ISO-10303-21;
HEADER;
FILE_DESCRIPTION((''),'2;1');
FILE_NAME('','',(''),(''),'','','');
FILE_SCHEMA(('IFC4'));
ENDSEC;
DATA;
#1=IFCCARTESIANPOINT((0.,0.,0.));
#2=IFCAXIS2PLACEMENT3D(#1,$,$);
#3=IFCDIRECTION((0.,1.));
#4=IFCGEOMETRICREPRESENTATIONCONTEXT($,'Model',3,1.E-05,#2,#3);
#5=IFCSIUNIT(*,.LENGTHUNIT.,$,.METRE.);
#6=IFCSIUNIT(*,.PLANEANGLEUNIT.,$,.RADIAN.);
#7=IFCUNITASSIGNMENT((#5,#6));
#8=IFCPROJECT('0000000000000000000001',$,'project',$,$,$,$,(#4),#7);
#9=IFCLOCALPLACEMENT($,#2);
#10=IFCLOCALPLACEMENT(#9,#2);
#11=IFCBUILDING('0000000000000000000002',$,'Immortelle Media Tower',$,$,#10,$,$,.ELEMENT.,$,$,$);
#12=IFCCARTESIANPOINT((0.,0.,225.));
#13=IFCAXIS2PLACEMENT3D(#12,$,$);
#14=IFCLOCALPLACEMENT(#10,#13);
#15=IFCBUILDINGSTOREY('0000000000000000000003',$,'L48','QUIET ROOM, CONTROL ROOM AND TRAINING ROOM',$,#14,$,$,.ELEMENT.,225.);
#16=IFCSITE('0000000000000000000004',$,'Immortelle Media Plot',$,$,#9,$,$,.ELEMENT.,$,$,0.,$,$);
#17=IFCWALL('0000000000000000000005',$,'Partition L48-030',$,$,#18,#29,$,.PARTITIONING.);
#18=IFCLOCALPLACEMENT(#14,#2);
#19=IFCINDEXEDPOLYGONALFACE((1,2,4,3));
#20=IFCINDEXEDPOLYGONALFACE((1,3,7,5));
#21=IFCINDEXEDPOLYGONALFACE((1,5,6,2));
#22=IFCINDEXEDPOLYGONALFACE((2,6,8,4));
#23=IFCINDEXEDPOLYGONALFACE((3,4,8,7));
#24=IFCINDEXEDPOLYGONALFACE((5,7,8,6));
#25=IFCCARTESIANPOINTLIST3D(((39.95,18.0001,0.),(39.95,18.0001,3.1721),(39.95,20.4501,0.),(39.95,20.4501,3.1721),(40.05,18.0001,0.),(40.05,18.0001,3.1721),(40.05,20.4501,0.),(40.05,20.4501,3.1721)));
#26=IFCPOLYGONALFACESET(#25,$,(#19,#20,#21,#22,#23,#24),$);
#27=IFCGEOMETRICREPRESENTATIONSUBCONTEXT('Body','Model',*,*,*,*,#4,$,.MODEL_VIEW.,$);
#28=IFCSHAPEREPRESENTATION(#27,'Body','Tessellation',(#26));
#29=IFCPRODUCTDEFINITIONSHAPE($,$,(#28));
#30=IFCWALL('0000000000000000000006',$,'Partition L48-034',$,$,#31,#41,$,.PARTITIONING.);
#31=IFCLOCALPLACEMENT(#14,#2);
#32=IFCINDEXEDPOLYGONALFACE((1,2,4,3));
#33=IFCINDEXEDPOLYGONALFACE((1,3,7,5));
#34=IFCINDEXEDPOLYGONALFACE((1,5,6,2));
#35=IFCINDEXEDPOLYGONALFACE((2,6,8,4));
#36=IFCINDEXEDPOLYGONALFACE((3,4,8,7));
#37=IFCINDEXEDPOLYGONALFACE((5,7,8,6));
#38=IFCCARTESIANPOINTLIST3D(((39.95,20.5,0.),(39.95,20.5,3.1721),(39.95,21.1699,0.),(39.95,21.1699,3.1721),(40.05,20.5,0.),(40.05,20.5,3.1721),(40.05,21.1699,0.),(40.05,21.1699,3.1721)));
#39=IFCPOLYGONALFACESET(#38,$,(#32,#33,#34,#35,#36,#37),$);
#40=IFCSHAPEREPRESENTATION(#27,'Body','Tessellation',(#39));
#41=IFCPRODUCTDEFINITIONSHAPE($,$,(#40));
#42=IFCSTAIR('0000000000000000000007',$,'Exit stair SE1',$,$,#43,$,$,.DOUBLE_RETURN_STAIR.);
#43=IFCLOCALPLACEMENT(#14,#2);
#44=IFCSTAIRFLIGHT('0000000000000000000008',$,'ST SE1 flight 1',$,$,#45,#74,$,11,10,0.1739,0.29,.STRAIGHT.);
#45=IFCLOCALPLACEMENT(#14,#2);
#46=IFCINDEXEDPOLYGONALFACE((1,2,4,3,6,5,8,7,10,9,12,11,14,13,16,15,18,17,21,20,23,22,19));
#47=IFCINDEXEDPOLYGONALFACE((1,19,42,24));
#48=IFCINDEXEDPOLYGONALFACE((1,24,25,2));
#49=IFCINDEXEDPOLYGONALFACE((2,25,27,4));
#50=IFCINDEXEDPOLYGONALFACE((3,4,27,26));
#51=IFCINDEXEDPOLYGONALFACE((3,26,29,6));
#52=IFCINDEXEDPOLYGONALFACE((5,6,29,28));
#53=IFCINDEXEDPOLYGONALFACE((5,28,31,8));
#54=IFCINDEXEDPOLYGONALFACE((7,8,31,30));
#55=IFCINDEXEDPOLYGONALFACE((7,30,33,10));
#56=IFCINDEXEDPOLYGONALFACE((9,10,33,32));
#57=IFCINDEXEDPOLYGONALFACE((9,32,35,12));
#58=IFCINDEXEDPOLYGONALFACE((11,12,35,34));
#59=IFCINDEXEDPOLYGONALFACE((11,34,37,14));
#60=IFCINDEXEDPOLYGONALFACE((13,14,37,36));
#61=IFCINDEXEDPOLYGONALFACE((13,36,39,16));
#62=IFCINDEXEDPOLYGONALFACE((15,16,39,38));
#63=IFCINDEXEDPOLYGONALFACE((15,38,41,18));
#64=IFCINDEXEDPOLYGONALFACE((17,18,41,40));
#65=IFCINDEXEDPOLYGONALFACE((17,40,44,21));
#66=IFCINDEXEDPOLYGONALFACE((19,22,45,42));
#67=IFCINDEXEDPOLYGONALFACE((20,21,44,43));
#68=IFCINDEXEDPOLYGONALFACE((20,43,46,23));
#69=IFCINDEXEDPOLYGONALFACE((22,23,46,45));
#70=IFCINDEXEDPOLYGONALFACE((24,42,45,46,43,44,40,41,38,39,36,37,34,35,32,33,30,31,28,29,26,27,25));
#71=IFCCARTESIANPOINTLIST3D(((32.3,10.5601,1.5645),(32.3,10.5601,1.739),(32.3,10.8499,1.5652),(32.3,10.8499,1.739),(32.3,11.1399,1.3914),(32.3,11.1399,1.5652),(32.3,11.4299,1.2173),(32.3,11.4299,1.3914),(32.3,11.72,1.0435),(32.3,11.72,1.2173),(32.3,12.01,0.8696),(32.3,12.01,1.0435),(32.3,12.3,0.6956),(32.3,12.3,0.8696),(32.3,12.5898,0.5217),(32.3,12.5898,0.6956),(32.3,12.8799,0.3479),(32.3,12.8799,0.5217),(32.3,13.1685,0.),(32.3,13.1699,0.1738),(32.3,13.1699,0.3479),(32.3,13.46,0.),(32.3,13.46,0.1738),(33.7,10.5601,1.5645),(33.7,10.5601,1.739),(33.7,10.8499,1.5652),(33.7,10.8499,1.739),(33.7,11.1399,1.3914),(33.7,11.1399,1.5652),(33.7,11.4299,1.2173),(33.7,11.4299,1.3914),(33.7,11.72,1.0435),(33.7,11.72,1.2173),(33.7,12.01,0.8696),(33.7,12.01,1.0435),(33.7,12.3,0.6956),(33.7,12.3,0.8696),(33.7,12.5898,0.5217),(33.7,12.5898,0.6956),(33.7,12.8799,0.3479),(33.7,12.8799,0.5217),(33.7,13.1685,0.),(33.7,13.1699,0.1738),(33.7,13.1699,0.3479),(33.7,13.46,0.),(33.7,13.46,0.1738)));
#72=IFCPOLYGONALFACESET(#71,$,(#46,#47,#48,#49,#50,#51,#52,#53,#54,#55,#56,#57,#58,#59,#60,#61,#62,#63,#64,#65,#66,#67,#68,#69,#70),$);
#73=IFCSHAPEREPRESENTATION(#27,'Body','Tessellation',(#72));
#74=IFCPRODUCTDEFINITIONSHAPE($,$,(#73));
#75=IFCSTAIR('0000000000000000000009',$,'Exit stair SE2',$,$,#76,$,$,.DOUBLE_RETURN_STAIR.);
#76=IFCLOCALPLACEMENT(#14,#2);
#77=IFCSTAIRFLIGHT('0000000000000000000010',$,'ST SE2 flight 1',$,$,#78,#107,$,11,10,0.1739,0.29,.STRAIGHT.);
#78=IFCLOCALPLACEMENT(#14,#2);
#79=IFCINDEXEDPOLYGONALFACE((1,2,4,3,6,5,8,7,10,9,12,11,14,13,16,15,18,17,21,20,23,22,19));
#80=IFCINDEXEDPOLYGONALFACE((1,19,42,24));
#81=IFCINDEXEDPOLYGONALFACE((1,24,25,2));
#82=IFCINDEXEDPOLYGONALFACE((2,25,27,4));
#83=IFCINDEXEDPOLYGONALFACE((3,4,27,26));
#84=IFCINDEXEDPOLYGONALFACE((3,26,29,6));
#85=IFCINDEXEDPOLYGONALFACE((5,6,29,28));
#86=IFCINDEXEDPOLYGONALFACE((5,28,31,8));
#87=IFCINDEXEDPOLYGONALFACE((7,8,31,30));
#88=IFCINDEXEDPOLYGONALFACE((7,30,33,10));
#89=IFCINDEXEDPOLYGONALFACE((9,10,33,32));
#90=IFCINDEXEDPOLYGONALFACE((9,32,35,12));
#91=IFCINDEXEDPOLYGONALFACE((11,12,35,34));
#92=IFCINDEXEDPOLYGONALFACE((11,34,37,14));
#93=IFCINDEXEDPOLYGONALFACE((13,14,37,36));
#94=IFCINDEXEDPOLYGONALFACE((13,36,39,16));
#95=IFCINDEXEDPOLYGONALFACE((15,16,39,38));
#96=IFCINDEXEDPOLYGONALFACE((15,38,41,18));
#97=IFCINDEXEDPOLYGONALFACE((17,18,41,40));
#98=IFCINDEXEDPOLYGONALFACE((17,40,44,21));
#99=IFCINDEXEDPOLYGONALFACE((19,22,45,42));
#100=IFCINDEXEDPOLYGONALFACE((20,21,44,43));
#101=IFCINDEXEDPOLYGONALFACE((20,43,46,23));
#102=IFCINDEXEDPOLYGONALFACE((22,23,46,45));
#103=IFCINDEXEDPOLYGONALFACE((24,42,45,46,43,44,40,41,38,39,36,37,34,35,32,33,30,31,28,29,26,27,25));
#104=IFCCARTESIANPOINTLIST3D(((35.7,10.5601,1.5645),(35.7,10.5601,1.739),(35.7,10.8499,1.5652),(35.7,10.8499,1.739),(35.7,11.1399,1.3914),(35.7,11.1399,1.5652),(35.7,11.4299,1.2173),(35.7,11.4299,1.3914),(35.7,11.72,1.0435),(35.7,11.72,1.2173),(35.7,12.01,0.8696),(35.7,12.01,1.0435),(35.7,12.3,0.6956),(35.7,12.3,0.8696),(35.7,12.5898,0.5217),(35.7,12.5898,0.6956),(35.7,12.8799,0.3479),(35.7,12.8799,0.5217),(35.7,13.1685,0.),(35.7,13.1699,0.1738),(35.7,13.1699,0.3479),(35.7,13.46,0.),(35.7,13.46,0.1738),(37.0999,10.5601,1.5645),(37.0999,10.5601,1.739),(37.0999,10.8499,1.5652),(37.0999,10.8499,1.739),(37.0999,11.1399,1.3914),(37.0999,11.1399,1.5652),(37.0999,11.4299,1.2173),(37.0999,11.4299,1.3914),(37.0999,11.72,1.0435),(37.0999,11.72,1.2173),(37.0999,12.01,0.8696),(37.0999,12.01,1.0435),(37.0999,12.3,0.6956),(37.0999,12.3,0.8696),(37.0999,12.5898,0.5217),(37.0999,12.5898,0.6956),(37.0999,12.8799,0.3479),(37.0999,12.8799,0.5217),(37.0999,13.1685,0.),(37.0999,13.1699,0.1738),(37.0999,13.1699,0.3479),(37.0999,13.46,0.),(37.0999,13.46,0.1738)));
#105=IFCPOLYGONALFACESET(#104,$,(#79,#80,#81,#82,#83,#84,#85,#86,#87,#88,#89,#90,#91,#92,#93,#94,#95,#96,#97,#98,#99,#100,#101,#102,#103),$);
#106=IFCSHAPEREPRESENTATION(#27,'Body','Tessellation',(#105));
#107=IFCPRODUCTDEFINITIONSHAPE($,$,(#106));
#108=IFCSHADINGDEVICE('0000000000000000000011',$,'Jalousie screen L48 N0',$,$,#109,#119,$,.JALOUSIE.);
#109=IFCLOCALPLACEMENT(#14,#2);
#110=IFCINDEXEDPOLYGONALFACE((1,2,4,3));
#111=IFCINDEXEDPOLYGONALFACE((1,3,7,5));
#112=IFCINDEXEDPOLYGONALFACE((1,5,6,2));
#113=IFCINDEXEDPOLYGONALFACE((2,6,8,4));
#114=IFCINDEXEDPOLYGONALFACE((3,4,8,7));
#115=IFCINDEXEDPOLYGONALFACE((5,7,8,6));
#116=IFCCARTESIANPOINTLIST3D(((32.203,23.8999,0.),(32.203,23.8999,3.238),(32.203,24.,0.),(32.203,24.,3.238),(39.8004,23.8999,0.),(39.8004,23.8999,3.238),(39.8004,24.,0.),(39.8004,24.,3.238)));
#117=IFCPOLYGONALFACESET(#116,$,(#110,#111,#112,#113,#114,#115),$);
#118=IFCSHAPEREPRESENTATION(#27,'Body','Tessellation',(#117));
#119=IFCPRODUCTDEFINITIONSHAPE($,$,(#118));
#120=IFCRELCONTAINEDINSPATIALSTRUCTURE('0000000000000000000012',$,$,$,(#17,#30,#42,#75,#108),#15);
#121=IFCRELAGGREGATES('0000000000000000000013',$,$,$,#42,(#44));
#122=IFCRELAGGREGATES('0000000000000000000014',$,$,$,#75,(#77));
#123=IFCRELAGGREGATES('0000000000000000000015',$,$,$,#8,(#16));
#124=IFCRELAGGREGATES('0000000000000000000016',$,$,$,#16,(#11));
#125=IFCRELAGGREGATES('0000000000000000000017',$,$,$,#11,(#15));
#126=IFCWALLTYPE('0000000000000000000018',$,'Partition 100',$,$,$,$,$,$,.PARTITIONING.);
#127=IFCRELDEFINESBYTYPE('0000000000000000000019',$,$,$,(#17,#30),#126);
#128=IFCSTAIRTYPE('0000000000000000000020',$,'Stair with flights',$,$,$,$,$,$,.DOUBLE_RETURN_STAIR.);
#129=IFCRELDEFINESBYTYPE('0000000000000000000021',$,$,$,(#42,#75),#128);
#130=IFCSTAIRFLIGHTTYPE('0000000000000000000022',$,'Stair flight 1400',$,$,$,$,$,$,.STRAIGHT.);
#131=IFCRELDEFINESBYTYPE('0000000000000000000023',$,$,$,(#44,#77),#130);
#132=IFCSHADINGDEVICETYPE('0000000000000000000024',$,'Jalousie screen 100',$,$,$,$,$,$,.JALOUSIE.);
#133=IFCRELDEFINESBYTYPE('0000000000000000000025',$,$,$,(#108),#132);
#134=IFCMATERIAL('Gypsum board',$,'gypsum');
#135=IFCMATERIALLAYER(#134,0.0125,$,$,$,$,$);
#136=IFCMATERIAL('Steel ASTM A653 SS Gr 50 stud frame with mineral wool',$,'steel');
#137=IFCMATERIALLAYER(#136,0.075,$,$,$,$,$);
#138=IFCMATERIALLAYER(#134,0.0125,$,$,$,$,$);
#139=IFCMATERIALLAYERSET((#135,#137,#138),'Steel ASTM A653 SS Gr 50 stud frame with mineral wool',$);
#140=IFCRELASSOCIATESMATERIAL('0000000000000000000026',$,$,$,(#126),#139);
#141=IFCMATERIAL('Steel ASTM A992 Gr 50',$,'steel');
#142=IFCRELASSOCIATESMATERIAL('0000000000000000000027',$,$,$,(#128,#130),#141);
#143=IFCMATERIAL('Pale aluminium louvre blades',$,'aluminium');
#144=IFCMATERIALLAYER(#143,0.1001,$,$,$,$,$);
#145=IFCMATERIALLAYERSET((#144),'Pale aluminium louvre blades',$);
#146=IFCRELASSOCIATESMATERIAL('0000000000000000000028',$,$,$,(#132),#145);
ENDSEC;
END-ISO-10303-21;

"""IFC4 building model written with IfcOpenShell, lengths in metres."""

from ifc_helpers import new_model, si_unit, direction, frame, frame_2d, origin, origin_2d, place, context, subcontext, project, spatial, polyline, rectangle, outline, extrude, material, layer, layer_set, type_object, element, aggregate, save


model = new_model("IFC4")

# Units and contexts
model_context = context("Model", 3, precision=1e-05, world=origin(), true_north=direction((0.0, 1.0)))
body_context = subcontext(model_context, "Body", "Model", "MODEL_VIEW")
ifc_project = project(units=[si_unit("LENGTHUNIT", "METRE"), si_unit("PLANEANGLEUNIT", "RADIAN")], contexts=[model_context])

# Site, building, storey
site_placement = place(None, origin())
site = spatial("IfcSite", under=ifc_project, at=site_placement, Name="Immortelle Media Plot", CompositionType="ELEMENT", RefElevation=0.0)
building_placement = place(site_placement, origin())
building = spatial("IfcBuilding", under=site, at=building_placement, Name="Immortelle Media Tower", CompositionType="ELEMENT")
storey_placement = place(building_placement, frame((0.0, 0.0, 225.0)))
storey = spatial("IfcBuildingStorey", under=building, at=storey_placement, Name="L48", Description="QUIET ROOM, CONTROL ROOM AND TRAINING ROOM", CompositionType="ELEMENT", Elevation=225.0)

# Shared definitions
ifc_material_1 = material(Name="Steel ASTM A992 Gr 50", Category="steel")

# Shared definitions
ifc_material_2 = material(Name="Steel ASTM A653 SS Gr 50 stud frame with mineral wool", Category="steel")

# Walls
ifc_material_3 = material(Name="Gypsum board", Category="gypsum")
ifc_layer_1 = layer(ifc_material_3, 0.0125)
ifc_layer_2 = layer(ifc_material_2, 0.075)
ifc_layer_3 = layer(ifc_material_3, 0.0125)
ifc_layer_set_1 = layer_set([ifc_layer_1, ifc_layer_2, ifc_layer_3], Name="Steel ASTM A653 SS Gr 50 stud frame with mineral wool")
wall_type_1 = type_object("IfcWallType", Name="Partition 100", PredefinedType="PARTITIONING", material=ifc_layer_set_1)
wall_1_placement = place(storey_placement, frame((40.0, 18.0, 0.0), z_axis=(0.0, 0.0, 1.0), x_axis=(0.0, 1.0, 0.0)))
element("IfcWall", 1, at=wall_1_placement, inside=storey, type_object=wall_type_1, Name="Partition L48-030", PredefinedType="PARTITIONING", context=body_context, shape_type="SweptSolid", body=[
    extrude(rectangle(XDim=2.45, YDim=0.1001, at=frame_2d((1.2251, 0.0))), origin(), (0.0, 0.0, 1.0), 3.1721),
])
wall_2_placement = place(storey_placement, frame((40.0, 20.5, 0.0), z_axis=(0.0, 0.0, 1.0), x_axis=(0.0, 1.0, 0.0)))
element("IfcWall", 2, at=wall_2_placement, inside=storey, type_object=wall_type_1, Name="Partition L48-034", PredefinedType="PARTITIONING", context=body_context, shape_type="SweptSolid", body=[
    extrude(rectangle(XDim=0.6699, YDim=0.1001, at=frame_2d((0.335, 0.0))), origin(), (0.0, 0.0, 1.0), 3.1721),
])

# Stairs, stair flights
stair_type = type_object("IfcStairType", Name="Stair with flights", PredefinedType="DOUBLE_RETURN_STAIR", material=ifc_material_1)
stair_1_placement = place(storey_placement, origin())
stair_1 = element("IfcStair", 3, at=stair_1_placement, inside=storey, type_object=stair_type, Name="Exit stair SE1", PredefinedType="DOUBLE_RETURN_STAIR")
stair_flight_type = type_object("IfcStairFlightType", Name="Stair flight 1400", PredefinedType="STRAIGHT", material=ifc_material_1)
stair_flight_1_placement = place(storey_placement, frame((33.0, 13.46, 0.0), z_axis=(0.0, 0.0, 1.0), x_axis=(0.0, -1.0, 0.0)))
stair_flight_1 = element("IfcStairFlight", 4, at=stair_flight_1_placement, type_object=stair_flight_type, Name="ST SE1 flight 1", NumberOfRisers=11, NumberOfTreads=10, PredefinedType="STRAIGHT", RiserHeight=0.1739, TreadLength=0.29, context=body_context, shape_type="SweptSolid", body=[
    extrude(outline(polyline([(0.0, 0.0), (0.0, 0.1738), (0.29, 0.1738), (0.29, 0.3479), (0.5801, 0.3479), (0.5801, 0.5217), (0.8701, 0.5217), (0.8701, 0.6956), (1.1599, 0.6956), (1.1599, 0.8696), (1.45, 0.8696), (1.45, 1.0435), (1.74, 1.0435), (1.74, 1.2173), (2.03, 1.2173), (2.03, 1.3914), (2.3201, 1.3914), (2.3201, 1.5652), (2.6101, 1.5652), (2.6101, 1.739), (2.8999, 1.739), (2.8999, 1.9131), (2.8999, 1.5645), (0.2915, 0.0), (0.0, 0.0)])), frame((0.0, 0.7, 0.0), z_axis=(0.0, -1.0, 0.0), x_axis=(1.0, 0.0, 0.0)), (0.0, 0.0, 1.0), 1.3999),
])
aggregate(stair_1, [stair_flight_1])
stair_2_placement = place(storey_placement, origin())
stair_2 = element("IfcStair", 5, at=stair_2_placement, inside=storey, type_object=stair_type, Name="Exit stair SE2", PredefinedType="DOUBLE_RETURN_STAIR")
stair_flight_2_placement = place(storey_placement, frame((36.3999, 13.46, 0.0), z_axis=(0.0, 0.0, 1.0), x_axis=(0.0, -1.0, 0.0)))
stair_flight_2 = element("IfcStairFlight", 6, at=stair_flight_2_placement, type_object=stair_flight_type, Name="ST SE2 flight 1", NumberOfRisers=11, NumberOfTreads=10, PredefinedType="STRAIGHT", RiserHeight=0.1739, TreadLength=0.29, context=body_context, shape_type="SweptSolid", body=[
    extrude(outline(polyline([(0.0, 0.0), (0.0, 0.1738), (0.29, 0.1738), (0.29, 0.3479), (0.5801, 0.3479), (0.5801, 0.5217), (0.8701, 0.5217), (0.8701, 0.6956), (1.1599, 0.6956), (1.1599, 0.8696), (1.45, 0.8696), (1.45, 1.0435), (1.74, 1.0435), (1.74, 1.2173), (2.03, 1.2173), (2.03, 1.3914), (2.3201, 1.3914), (2.3201, 1.5652), (2.6101, 1.5652), (2.6101, 1.739), (2.8999, 1.739), (2.8999, 1.9131), (2.8999, 1.5645), (0.2915, 0.0), (0.0, 0.0)])), frame((0.0, 0.7, 0.0), z_axis=(0.0, -1.0, 0.0), x_axis=(1.0, 0.0, 0.0)), (0.0, 0.0, 1.0), 1.3999),
])
aggregate(stair_2, [stair_flight_2])

# Shading device
ifc_material_4 = material(Name="Pale aluminium louvre blades", Category="aluminium")
ifc_layer_4 = layer(ifc_material_4, 0.1001)
ifc_layer_set_2 = layer_set([ifc_layer_4], Name="Pale aluminium louvre blades")
shading_device_type = type_object("IfcShadingDeviceType", Name="Jalousie screen 100", PredefinedType="JALOUSIE", material=ifc_layer_set_2)
shading_device_placement = place(storey_placement, frame((36.0017, 23.95, 0.0), z_axis=(0.0, 0.0, 1.0), x_axis=(-1.0, 0.0, 0.0)))
element("IfcShadingDevice", 7, at=shading_device_placement, inside=storey, type_object=shading_device_type, Name="Jalousie screen L48 N0", PredefinedType="JALOUSIE", context=body_context, shape_type="SweptSolid", body=[
    extrude(rectangle(XDim=7.5974, YDim=0.1001, at=origin_2d()), origin(), (0.0, 0.0, 1.0), 3.238),
])

save(model, "model.ifc")
